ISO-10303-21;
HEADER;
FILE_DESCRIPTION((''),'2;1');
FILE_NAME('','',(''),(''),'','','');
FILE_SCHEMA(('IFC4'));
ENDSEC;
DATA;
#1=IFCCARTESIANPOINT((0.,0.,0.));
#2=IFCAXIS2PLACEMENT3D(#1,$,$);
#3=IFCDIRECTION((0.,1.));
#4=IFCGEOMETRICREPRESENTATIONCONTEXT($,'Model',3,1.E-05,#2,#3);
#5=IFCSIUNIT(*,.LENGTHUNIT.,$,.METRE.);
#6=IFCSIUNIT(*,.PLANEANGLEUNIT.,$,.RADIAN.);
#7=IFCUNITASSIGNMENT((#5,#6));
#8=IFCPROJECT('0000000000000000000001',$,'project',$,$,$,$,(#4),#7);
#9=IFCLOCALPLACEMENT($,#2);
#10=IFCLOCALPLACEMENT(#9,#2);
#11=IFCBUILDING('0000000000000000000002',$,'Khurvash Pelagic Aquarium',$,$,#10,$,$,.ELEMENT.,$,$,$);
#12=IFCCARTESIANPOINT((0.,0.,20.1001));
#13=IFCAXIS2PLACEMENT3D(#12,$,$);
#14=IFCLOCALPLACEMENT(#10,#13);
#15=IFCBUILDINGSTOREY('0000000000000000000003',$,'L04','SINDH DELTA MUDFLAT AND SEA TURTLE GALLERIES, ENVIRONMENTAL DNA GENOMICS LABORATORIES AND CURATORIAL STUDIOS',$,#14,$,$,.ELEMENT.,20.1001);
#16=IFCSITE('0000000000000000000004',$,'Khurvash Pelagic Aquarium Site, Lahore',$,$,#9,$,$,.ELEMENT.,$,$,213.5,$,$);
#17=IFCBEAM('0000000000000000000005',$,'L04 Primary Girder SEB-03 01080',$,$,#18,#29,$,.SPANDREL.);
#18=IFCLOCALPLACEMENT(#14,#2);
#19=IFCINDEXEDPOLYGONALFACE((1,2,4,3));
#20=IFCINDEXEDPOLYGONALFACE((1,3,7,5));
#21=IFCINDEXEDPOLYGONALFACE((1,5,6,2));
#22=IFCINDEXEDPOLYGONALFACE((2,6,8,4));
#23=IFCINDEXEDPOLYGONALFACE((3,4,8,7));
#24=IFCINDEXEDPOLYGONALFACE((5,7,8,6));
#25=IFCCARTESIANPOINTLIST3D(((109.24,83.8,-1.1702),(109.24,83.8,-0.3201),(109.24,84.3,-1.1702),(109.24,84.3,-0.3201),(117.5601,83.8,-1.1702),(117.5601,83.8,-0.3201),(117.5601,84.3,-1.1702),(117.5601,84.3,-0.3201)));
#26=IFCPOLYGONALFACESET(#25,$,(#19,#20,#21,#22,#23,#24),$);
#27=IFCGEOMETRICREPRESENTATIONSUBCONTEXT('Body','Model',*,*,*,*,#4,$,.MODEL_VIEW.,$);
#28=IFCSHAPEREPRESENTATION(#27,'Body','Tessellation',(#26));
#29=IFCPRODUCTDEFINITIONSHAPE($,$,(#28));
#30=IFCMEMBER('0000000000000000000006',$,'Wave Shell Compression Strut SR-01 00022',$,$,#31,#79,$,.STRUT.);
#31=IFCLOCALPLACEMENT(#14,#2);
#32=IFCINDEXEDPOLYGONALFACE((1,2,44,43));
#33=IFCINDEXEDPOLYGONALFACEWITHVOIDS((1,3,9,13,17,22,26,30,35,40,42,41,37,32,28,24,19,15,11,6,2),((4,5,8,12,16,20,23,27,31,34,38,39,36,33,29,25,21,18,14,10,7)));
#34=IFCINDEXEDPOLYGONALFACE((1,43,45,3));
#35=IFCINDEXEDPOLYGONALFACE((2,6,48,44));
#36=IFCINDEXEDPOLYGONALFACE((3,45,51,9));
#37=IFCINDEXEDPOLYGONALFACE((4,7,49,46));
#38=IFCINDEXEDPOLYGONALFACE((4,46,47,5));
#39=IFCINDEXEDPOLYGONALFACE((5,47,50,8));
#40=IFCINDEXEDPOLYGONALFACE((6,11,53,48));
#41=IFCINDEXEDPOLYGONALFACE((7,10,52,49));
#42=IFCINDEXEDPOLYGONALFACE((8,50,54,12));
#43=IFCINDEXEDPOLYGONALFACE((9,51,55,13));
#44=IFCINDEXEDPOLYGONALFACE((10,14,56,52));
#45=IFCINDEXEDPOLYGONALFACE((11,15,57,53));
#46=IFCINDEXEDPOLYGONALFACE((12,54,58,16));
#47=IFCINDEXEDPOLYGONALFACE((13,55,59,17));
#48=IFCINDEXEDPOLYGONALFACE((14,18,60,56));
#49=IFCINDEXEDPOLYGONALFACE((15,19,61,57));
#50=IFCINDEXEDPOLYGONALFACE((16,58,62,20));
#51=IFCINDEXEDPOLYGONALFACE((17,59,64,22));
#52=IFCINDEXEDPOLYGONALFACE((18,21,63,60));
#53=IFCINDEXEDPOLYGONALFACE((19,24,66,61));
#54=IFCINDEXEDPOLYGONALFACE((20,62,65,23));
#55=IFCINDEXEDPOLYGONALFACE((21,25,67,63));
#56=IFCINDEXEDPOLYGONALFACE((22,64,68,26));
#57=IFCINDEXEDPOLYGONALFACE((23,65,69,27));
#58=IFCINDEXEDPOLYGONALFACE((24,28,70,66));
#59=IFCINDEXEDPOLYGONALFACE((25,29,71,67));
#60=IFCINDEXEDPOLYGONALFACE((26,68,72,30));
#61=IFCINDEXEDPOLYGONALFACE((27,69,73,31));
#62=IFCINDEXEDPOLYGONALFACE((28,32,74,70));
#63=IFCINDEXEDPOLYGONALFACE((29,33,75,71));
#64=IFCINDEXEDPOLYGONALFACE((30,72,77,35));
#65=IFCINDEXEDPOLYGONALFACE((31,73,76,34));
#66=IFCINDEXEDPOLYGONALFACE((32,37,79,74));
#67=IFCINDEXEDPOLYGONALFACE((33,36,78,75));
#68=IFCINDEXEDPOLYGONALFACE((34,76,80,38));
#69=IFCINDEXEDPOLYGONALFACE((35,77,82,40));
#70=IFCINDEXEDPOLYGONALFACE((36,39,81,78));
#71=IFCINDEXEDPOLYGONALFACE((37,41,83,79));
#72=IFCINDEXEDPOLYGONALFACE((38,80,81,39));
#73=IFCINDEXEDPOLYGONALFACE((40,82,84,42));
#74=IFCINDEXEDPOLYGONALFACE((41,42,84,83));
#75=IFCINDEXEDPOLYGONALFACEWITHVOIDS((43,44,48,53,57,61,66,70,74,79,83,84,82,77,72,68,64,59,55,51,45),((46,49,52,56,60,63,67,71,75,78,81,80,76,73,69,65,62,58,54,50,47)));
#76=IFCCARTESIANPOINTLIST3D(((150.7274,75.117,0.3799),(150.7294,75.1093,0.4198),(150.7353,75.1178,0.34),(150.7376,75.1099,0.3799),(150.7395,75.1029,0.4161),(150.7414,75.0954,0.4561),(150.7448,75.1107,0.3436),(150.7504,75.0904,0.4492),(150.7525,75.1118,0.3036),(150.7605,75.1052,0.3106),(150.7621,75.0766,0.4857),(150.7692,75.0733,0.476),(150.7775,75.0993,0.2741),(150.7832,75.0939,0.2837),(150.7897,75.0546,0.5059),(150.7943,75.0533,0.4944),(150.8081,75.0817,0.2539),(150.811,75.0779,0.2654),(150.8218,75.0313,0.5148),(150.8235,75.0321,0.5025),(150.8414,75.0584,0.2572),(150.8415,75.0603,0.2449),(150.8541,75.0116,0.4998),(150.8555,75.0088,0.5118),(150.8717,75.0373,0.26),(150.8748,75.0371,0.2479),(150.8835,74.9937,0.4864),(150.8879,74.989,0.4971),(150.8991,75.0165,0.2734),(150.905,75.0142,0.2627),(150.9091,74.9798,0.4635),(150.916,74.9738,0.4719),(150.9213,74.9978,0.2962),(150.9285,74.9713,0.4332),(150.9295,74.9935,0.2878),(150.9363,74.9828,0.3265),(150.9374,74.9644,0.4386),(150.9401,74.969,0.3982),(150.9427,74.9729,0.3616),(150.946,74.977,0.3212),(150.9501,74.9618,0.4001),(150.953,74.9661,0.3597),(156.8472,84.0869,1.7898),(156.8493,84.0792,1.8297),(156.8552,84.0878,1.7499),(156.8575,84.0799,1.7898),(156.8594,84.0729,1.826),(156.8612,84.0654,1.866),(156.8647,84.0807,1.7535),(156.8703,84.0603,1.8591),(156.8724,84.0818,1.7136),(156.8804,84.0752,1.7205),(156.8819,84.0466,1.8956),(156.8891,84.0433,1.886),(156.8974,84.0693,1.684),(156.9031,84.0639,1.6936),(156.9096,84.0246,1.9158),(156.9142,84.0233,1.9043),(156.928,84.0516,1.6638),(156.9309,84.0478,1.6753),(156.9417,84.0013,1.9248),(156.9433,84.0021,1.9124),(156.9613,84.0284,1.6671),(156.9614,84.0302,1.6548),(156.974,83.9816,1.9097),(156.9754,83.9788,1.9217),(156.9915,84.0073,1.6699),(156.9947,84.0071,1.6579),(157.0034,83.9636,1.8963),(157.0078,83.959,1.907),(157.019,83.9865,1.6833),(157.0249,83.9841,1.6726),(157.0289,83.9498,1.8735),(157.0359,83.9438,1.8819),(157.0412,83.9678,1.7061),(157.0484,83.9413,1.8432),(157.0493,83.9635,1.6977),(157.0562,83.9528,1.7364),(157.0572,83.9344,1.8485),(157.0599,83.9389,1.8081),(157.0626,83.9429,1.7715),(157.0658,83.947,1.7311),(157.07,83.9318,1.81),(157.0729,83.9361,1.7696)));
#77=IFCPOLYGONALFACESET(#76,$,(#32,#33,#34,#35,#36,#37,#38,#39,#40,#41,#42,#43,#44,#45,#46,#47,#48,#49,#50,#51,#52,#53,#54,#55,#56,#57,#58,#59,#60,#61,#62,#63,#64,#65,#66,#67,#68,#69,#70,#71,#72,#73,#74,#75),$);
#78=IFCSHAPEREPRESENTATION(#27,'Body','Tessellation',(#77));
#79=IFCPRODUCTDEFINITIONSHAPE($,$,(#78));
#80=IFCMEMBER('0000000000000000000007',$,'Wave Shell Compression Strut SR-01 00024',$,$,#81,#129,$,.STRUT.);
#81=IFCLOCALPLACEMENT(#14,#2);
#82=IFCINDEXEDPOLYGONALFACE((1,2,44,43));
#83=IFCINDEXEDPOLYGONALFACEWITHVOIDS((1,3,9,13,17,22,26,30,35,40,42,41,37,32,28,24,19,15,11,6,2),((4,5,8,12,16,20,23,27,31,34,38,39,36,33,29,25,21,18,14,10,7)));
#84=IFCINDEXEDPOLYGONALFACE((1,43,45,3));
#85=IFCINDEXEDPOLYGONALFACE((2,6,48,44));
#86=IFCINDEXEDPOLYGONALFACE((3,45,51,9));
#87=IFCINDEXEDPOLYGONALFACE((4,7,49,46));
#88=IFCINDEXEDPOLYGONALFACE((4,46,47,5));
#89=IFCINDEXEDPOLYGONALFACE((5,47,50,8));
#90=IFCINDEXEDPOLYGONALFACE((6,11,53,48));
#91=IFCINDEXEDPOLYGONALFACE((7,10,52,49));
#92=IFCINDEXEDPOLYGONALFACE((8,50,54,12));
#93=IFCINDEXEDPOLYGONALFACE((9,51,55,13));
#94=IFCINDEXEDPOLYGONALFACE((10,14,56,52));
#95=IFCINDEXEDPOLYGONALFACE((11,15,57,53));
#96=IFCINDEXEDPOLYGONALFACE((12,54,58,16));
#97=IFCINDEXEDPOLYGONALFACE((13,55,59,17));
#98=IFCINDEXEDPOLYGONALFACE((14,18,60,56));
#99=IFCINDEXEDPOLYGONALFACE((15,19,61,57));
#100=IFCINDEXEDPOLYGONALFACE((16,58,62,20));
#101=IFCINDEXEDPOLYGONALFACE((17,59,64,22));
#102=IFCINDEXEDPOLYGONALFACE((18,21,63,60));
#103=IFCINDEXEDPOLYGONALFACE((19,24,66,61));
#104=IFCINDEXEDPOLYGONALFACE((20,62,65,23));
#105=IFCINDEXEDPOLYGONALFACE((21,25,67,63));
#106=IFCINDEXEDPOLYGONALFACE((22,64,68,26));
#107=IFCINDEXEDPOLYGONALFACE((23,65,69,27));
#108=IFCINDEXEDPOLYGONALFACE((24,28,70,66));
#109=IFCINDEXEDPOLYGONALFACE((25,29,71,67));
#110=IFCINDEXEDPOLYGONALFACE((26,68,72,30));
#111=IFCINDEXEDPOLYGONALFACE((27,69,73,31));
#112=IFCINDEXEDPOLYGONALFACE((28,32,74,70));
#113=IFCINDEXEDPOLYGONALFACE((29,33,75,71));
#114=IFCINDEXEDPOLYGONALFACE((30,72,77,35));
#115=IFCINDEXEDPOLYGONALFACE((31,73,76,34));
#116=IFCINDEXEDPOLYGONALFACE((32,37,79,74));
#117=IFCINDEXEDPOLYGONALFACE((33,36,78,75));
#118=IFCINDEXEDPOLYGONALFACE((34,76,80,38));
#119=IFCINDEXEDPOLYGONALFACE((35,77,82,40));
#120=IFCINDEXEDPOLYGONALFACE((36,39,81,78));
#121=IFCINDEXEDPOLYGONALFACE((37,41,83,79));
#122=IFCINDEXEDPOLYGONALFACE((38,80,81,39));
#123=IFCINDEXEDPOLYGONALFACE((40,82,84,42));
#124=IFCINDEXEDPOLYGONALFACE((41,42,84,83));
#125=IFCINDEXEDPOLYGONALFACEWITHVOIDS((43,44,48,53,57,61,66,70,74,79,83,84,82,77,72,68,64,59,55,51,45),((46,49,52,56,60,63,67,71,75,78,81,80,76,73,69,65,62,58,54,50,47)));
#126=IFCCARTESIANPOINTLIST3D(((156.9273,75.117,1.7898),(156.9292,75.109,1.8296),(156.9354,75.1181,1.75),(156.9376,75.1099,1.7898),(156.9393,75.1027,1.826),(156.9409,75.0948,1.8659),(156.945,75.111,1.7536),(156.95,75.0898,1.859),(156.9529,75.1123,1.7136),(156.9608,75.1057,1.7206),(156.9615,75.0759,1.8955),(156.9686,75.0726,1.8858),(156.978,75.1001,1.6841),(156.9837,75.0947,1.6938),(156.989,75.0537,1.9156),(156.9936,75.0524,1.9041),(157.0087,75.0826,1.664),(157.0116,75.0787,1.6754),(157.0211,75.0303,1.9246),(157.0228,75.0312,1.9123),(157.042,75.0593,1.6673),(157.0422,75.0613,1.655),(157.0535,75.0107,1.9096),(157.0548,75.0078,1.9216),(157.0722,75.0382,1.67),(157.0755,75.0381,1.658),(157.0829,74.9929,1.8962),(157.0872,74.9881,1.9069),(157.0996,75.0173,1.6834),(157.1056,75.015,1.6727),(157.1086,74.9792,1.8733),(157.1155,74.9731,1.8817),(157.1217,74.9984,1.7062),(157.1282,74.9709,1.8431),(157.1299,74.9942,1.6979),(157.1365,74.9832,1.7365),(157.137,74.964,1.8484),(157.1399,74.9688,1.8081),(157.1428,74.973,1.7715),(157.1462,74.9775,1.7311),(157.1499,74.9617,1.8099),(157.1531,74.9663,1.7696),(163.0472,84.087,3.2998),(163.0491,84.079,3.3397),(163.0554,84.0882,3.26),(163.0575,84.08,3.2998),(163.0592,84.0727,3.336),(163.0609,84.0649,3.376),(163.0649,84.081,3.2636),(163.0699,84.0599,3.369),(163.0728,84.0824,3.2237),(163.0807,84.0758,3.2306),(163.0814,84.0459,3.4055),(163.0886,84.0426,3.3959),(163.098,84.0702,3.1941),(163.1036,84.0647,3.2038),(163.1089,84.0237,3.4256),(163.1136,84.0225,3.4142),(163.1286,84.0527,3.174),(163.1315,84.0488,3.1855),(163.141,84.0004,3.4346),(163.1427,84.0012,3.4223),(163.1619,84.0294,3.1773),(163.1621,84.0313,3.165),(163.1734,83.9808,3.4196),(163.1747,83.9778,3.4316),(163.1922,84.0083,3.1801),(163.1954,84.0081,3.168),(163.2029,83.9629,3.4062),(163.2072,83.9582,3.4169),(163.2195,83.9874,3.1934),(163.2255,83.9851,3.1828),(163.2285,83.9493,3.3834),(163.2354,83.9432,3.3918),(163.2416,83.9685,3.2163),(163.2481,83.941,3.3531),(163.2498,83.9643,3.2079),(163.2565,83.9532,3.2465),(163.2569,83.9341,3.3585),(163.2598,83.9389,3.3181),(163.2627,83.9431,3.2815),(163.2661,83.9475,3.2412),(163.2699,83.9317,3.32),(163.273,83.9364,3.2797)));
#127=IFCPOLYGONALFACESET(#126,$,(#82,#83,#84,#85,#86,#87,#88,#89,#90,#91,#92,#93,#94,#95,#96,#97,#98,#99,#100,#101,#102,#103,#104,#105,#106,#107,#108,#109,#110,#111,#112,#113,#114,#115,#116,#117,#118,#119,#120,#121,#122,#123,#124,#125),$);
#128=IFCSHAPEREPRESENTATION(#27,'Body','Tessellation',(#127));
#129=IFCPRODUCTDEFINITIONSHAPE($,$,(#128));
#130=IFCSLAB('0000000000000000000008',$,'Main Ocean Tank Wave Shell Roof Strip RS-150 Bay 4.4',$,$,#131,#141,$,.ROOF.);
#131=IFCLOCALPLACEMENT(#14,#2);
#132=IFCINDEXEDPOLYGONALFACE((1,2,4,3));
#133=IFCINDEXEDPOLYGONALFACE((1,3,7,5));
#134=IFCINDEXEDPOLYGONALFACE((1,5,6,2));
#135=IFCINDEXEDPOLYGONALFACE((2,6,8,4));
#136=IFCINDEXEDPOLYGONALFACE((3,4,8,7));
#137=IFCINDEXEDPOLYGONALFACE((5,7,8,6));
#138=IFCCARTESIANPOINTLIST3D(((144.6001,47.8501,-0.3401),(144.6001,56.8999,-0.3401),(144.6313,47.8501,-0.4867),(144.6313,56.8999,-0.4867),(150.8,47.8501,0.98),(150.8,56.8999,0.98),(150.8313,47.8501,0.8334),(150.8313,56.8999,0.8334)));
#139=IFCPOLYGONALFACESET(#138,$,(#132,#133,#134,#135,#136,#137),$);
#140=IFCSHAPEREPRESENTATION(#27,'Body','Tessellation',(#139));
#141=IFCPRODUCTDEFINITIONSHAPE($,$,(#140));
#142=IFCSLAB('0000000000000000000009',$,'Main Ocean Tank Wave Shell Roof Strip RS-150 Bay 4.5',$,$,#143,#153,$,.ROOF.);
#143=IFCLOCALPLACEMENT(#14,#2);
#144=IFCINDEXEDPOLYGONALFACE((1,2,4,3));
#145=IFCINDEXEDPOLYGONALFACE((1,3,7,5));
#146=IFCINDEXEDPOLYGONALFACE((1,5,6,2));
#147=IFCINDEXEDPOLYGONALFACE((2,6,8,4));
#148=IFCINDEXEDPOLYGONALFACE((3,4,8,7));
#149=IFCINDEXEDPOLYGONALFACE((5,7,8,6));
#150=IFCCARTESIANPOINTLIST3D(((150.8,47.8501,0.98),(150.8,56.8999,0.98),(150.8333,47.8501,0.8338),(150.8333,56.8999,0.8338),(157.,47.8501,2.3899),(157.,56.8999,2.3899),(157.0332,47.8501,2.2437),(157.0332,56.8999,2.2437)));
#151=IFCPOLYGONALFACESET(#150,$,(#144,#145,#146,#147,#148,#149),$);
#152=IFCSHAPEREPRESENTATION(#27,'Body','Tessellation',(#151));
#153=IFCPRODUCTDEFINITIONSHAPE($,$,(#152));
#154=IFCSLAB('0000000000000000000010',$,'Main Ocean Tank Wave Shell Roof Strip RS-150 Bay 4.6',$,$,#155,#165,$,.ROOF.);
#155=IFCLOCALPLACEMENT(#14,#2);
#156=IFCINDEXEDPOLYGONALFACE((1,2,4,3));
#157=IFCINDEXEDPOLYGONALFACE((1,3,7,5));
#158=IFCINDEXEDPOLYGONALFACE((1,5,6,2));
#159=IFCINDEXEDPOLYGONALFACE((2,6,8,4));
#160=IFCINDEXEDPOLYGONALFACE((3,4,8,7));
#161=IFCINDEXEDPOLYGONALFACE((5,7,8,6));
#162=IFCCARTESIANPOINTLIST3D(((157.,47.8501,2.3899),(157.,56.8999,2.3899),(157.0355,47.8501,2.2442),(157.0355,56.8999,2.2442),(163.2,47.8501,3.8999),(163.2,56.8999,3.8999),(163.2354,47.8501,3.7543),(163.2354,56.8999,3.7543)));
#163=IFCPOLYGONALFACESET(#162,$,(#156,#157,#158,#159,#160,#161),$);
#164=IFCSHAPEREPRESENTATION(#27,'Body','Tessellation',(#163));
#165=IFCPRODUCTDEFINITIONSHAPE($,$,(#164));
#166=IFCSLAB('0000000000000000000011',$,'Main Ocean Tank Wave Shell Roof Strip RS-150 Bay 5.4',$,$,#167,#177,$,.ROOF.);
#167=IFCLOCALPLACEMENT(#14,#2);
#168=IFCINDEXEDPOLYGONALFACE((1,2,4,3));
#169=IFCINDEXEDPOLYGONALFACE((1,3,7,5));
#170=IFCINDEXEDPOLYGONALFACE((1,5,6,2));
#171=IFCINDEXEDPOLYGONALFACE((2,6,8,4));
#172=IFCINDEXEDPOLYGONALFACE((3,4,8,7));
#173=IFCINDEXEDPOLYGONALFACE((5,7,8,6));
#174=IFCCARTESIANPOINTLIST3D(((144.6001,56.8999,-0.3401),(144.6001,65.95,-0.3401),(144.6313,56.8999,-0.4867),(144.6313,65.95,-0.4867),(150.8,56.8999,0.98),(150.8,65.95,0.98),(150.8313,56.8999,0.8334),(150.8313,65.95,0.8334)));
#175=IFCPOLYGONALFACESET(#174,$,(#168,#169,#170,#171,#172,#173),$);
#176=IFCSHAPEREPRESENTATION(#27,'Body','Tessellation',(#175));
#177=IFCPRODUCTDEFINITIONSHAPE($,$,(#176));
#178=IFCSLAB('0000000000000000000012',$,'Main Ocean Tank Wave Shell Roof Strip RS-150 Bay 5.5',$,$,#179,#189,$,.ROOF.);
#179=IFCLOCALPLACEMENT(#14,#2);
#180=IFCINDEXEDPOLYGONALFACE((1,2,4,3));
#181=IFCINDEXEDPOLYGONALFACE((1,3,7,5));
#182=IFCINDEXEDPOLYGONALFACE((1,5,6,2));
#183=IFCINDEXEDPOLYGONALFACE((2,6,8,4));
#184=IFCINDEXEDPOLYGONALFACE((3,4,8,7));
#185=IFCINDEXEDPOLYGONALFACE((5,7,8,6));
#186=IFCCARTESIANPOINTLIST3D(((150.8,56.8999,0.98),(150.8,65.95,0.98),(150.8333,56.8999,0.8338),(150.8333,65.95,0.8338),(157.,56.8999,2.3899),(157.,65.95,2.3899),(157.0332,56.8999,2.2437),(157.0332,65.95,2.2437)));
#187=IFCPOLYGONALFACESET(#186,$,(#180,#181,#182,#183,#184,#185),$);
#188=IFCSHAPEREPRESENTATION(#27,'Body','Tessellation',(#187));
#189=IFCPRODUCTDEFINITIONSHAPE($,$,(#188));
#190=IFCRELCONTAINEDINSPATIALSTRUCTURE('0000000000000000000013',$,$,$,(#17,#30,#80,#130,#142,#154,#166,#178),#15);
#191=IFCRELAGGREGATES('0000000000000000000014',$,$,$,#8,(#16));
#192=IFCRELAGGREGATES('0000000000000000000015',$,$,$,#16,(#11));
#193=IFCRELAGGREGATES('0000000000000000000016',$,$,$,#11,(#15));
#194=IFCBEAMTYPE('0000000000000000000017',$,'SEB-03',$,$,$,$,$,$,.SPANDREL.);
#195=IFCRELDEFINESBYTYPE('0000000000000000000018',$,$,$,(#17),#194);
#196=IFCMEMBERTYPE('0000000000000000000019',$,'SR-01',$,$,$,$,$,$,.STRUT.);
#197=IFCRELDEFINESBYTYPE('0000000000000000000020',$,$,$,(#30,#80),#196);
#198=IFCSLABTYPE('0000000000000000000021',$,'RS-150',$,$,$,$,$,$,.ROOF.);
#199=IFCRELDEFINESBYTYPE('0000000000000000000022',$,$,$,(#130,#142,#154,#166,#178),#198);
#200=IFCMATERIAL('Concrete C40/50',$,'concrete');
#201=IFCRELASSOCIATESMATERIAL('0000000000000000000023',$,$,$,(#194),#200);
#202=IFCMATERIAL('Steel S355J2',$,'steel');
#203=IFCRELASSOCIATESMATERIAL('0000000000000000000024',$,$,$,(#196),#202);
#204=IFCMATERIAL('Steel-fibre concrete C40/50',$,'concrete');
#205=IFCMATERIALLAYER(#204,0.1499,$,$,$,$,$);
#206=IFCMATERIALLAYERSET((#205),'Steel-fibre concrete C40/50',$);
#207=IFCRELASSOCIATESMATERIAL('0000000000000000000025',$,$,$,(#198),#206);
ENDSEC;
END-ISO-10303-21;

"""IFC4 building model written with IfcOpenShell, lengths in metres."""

from ifc_helpers import new_model, si_unit, direction, frame, origin, origin_2d, place, context, subcontext, project, spatial, polyline, rectangle, hollow_circle, outline, extrude, material, layer, layer_set, material_profile, profile_set, type_object, element, save


model = new_model("IFC4")

# Units and contexts
model_context = context("Model", 3, precision=1e-05, world=origin(), true_north=direction((0.0, 1.0)))
body_context = subcontext(model_context, "Body", "Model", "MODEL_VIEW")
ifc_project = project(units=[si_unit("LENGTHUNIT", "METRE"), si_unit("PLANEANGLEUNIT", "RADIAN")], contexts=[model_context])

# Site, building, storey
site_placement = place(None, origin())
site = spatial("IfcSite", under=ifc_project, at=site_placement, Name="Khurvash Pelagic Aquarium Site, Lahore", CompositionType="ELEMENT", RefElevation=213.5)
building_placement = place(site_placement, origin())
building = spatial("IfcBuilding", under=site, at=building_placement, Name="Khurvash Pelagic Aquarium", CompositionType="ELEMENT")
storey_placement = place(building_placement, frame((0.0, 0.0, 20.1001)))
storey = spatial("IfcBuildingStorey", under=building, at=storey_placement, Name="L04", Description="SINDH DELTA MUDFLAT AND SEA TURTLE GALLERIES, ENVIRONMENTAL DNA GENOMICS LABORATORIES AND CURATORIAL STUDIOS", CompositionType="ELEMENT", Elevation=20.1001)

# Shared definitions
ifc_material_1 = material(Name="Concrete C40/50", Category="concrete")

# Shared definitions
ifc_material_2 = material(Name="Steel-fibre concrete C40/50", Category="concrete")

# Shared definitions
ifc_material_3 = material(Name="Steel S355J2", Category="steel")

# Beam
ifc_material_profile_1 = material_profile(ifc_material_1, rectangle(XDim=0.5, YDim=0.8501, at=origin_2d()), Name="RC500X850")
ifc_profile_set_1 = profile_set([ifc_material_profile_1], Name="Concrete C40/50")
beam_type_1 = type_object("IfcBeamType", Name="SEB-03", PredefinedType="SPANDREL", material=ifc_profile_set_1)
beam_1_placement = place(storey_placement, frame((109.24, 84.05, -0.7451), z_axis=(1.0, 0.0, 0.0), x_axis=(0.0, 1.0, 0.0)))
element("IfcBeam", 1, at=beam_1_placement, inside=storey, type_object=beam_type_1, Name="L04 Primary Girder SEB-03 01080", PredefinedType="SPANDREL", context=body_context, shape_type="SweptSolid", body=[
    extrude(rectangle(XDim=0.5, YDim=0.8501, at=origin_2d()), origin(), (0.0, 0.0, 1.0), 8.3201),
])

# Members
ifc_material_profile_2 = material_profile(ifc_material_3, hollow_circle(Radius=0.1365, WallThickness=0.0125, at=origin_2d()), Name="CHS273X12")
ifc_profile_set_2 = profile_set([ifc_material_profile_2], Name="Steel S355J2")
member_type_1 = type_object("IfcMemberType", Name="SR-01", PredefinedType="STRUT", material=ifc_profile_set_2)
member_1_placement = place(storey_placement, frame((150.8401, 75.04, 0.3799), z_axis=(0.558896, 0.81918, 0.12876), x_axis=(-0.826057, 0.563587, 0.0)))
element("IfcMember", 2, at=member_1_placement, inside=storey, type_object=member_type_1, Name="Wave Shell Compression Strut SR-01 00022", PredefinedType="STRUT", context=body_context, shape_type="SweptSolid", body=[
    extrude(hollow_circle(Radius=0.1365, WallThickness=0.0125, at=origin_2d()), origin(), (0.0, 0.0, 1.0), 10.95),
])
member_2_placement = place(storey_placement, frame((157.04, 75.04, 1.7898), z_axis=(0.558216, 0.818184, 0.137733), x_axis=(-0.826057, 0.563587, 0.0)))
element("IfcMember", 3, at=member_2_placement, inside=storey, type_object=member_type_1, Name="Wave Shell Compression Strut SR-01 00024", PredefinedType="STRUT", context=body_context, shape_type="SweptSolid", body=[
    extrude(hollow_circle(Radius=0.1365, WallThickness=0.0125, at=origin_2d()), origin(), (0.0, 0.0, 1.0), 10.9634),
])

# Slabs
ifc_layer_1 = layer(ifc_material_2, 0.1499)
ifc_layer_set_1 = layer_set([ifc_layer_1], Name="Steel-fibre concrete C40/50")
slab_type_1 = type_object("IfcSlabType", Name="RS-150", PredefinedType="ROOF", material=ifc_layer_set_1)
slab_1_placement = place(storey_placement, frame((144.6001, 47.8501, -0.3401), z_axis=(-0.208248, 0.0, 0.978076), x_axis=(0.978076, 0.0, 0.208248)))
element("IfcSlab", 4, at=slab_1_placement, inside=storey, type_object=slab_type_1, Name="Main Ocean Tank Wave Shell Roof Strip RS-150 Bay 4.4", PredefinedType="ROOF", context=body_context, shape_type="SweptSolid", body=[
    extrude(outline(polyline([(0.0, 0.0), (6.3389, 0.0), (6.3389, 9.0498), (0.0, 9.0498), (0.0, 0.0)])), origin(), (0.0, 0.0, -1.0), 0.1499),
])
slab_2_placement = place(storey_placement, frame((150.8, 47.8501, 0.98), z_axis=(-0.221746, 0.0, 0.975105), x_axis=(0.975105, 0.0, 0.221746)))
element("IfcSlab", 5, at=slab_2_placement, inside=storey, type_object=slab_type_1, Name="Main Ocean Tank Wave Shell Roof Strip RS-150 Bay 4.5", PredefinedType="ROOF", context=body_context, shape_type="SweptSolid", body=[
    extrude(outline(polyline([(0.0, 0.0), (6.3582, 0.0), (6.3582, 9.0498), (0.0, 9.0498), (0.0, 0.0)])), origin(), (0.0, 0.0, -1.0), 0.1499),
])
slab_3_placement = place(storey_placement, frame((157.0, 47.8501, 2.3899), z_axis=(-0.236635, 0.0, 0.971599), x_axis=(0.971599, 0.0, 0.236635)))
element("IfcSlab", 6, at=slab_3_placement, inside=storey, type_object=slab_type_1, Name="Main Ocean Tank Wave Shell Roof Strip RS-150 Bay 4.6", PredefinedType="ROOF", context=body_context, shape_type="SweptSolid", body=[
    extrude(outline(polyline([(0.0, 0.0), (6.3812, 0.0), (6.3812, 9.0498), (0.0, 9.0498), (0.0, 0.0)])), origin(), (0.0, 0.0, -1.0), 0.1499),
])
slab_4_placement = place(storey_placement, frame((144.6001, 56.8999, -0.3401), z_axis=(-0.208248, 0.0, 0.978076), x_axis=(0.978076, 0.0, 0.208248)))
element("IfcSlab", 7, at=slab_4_placement, inside=storey, type_object=slab_type_1, Name="Main Ocean Tank Wave Shell Roof Strip RS-150 Bay 5.4", PredefinedType="ROOF", context=body_context, shape_type="SweptSolid", body=[
    extrude(outline(polyline([(0.0, 0.0), (6.3389, 0.0), (6.3389, 9.05), (0.0, 9.05), (0.0, 0.0)])), origin(), (0.0, 0.0, -1.0), 0.1499),
])
slab_5_placement = place(storey_placement, frame((150.8, 56.8999, 0.98), z_axis=(-0.221746, 0.0, 0.975105), x_axis=(0.975105, 0.0, 0.221746)))
element("IfcSlab", 8, at=slab_5_placement, inside=storey, type_object=slab_type_1, Name="Main Ocean Tank Wave Shell Roof Strip RS-150 Bay 5.5", PredefinedType="ROOF", context=body_context, shape_type="SweptSolid", body=[
    extrude(outline(polyline([(0.0, 0.0), (6.3582, 0.0), (6.3582, 9.05), (0.0, 9.05), (0.0, 0.0)])), origin(), (0.0, 0.0, -1.0), 0.1499),
])

save(model, "model.ifc")
